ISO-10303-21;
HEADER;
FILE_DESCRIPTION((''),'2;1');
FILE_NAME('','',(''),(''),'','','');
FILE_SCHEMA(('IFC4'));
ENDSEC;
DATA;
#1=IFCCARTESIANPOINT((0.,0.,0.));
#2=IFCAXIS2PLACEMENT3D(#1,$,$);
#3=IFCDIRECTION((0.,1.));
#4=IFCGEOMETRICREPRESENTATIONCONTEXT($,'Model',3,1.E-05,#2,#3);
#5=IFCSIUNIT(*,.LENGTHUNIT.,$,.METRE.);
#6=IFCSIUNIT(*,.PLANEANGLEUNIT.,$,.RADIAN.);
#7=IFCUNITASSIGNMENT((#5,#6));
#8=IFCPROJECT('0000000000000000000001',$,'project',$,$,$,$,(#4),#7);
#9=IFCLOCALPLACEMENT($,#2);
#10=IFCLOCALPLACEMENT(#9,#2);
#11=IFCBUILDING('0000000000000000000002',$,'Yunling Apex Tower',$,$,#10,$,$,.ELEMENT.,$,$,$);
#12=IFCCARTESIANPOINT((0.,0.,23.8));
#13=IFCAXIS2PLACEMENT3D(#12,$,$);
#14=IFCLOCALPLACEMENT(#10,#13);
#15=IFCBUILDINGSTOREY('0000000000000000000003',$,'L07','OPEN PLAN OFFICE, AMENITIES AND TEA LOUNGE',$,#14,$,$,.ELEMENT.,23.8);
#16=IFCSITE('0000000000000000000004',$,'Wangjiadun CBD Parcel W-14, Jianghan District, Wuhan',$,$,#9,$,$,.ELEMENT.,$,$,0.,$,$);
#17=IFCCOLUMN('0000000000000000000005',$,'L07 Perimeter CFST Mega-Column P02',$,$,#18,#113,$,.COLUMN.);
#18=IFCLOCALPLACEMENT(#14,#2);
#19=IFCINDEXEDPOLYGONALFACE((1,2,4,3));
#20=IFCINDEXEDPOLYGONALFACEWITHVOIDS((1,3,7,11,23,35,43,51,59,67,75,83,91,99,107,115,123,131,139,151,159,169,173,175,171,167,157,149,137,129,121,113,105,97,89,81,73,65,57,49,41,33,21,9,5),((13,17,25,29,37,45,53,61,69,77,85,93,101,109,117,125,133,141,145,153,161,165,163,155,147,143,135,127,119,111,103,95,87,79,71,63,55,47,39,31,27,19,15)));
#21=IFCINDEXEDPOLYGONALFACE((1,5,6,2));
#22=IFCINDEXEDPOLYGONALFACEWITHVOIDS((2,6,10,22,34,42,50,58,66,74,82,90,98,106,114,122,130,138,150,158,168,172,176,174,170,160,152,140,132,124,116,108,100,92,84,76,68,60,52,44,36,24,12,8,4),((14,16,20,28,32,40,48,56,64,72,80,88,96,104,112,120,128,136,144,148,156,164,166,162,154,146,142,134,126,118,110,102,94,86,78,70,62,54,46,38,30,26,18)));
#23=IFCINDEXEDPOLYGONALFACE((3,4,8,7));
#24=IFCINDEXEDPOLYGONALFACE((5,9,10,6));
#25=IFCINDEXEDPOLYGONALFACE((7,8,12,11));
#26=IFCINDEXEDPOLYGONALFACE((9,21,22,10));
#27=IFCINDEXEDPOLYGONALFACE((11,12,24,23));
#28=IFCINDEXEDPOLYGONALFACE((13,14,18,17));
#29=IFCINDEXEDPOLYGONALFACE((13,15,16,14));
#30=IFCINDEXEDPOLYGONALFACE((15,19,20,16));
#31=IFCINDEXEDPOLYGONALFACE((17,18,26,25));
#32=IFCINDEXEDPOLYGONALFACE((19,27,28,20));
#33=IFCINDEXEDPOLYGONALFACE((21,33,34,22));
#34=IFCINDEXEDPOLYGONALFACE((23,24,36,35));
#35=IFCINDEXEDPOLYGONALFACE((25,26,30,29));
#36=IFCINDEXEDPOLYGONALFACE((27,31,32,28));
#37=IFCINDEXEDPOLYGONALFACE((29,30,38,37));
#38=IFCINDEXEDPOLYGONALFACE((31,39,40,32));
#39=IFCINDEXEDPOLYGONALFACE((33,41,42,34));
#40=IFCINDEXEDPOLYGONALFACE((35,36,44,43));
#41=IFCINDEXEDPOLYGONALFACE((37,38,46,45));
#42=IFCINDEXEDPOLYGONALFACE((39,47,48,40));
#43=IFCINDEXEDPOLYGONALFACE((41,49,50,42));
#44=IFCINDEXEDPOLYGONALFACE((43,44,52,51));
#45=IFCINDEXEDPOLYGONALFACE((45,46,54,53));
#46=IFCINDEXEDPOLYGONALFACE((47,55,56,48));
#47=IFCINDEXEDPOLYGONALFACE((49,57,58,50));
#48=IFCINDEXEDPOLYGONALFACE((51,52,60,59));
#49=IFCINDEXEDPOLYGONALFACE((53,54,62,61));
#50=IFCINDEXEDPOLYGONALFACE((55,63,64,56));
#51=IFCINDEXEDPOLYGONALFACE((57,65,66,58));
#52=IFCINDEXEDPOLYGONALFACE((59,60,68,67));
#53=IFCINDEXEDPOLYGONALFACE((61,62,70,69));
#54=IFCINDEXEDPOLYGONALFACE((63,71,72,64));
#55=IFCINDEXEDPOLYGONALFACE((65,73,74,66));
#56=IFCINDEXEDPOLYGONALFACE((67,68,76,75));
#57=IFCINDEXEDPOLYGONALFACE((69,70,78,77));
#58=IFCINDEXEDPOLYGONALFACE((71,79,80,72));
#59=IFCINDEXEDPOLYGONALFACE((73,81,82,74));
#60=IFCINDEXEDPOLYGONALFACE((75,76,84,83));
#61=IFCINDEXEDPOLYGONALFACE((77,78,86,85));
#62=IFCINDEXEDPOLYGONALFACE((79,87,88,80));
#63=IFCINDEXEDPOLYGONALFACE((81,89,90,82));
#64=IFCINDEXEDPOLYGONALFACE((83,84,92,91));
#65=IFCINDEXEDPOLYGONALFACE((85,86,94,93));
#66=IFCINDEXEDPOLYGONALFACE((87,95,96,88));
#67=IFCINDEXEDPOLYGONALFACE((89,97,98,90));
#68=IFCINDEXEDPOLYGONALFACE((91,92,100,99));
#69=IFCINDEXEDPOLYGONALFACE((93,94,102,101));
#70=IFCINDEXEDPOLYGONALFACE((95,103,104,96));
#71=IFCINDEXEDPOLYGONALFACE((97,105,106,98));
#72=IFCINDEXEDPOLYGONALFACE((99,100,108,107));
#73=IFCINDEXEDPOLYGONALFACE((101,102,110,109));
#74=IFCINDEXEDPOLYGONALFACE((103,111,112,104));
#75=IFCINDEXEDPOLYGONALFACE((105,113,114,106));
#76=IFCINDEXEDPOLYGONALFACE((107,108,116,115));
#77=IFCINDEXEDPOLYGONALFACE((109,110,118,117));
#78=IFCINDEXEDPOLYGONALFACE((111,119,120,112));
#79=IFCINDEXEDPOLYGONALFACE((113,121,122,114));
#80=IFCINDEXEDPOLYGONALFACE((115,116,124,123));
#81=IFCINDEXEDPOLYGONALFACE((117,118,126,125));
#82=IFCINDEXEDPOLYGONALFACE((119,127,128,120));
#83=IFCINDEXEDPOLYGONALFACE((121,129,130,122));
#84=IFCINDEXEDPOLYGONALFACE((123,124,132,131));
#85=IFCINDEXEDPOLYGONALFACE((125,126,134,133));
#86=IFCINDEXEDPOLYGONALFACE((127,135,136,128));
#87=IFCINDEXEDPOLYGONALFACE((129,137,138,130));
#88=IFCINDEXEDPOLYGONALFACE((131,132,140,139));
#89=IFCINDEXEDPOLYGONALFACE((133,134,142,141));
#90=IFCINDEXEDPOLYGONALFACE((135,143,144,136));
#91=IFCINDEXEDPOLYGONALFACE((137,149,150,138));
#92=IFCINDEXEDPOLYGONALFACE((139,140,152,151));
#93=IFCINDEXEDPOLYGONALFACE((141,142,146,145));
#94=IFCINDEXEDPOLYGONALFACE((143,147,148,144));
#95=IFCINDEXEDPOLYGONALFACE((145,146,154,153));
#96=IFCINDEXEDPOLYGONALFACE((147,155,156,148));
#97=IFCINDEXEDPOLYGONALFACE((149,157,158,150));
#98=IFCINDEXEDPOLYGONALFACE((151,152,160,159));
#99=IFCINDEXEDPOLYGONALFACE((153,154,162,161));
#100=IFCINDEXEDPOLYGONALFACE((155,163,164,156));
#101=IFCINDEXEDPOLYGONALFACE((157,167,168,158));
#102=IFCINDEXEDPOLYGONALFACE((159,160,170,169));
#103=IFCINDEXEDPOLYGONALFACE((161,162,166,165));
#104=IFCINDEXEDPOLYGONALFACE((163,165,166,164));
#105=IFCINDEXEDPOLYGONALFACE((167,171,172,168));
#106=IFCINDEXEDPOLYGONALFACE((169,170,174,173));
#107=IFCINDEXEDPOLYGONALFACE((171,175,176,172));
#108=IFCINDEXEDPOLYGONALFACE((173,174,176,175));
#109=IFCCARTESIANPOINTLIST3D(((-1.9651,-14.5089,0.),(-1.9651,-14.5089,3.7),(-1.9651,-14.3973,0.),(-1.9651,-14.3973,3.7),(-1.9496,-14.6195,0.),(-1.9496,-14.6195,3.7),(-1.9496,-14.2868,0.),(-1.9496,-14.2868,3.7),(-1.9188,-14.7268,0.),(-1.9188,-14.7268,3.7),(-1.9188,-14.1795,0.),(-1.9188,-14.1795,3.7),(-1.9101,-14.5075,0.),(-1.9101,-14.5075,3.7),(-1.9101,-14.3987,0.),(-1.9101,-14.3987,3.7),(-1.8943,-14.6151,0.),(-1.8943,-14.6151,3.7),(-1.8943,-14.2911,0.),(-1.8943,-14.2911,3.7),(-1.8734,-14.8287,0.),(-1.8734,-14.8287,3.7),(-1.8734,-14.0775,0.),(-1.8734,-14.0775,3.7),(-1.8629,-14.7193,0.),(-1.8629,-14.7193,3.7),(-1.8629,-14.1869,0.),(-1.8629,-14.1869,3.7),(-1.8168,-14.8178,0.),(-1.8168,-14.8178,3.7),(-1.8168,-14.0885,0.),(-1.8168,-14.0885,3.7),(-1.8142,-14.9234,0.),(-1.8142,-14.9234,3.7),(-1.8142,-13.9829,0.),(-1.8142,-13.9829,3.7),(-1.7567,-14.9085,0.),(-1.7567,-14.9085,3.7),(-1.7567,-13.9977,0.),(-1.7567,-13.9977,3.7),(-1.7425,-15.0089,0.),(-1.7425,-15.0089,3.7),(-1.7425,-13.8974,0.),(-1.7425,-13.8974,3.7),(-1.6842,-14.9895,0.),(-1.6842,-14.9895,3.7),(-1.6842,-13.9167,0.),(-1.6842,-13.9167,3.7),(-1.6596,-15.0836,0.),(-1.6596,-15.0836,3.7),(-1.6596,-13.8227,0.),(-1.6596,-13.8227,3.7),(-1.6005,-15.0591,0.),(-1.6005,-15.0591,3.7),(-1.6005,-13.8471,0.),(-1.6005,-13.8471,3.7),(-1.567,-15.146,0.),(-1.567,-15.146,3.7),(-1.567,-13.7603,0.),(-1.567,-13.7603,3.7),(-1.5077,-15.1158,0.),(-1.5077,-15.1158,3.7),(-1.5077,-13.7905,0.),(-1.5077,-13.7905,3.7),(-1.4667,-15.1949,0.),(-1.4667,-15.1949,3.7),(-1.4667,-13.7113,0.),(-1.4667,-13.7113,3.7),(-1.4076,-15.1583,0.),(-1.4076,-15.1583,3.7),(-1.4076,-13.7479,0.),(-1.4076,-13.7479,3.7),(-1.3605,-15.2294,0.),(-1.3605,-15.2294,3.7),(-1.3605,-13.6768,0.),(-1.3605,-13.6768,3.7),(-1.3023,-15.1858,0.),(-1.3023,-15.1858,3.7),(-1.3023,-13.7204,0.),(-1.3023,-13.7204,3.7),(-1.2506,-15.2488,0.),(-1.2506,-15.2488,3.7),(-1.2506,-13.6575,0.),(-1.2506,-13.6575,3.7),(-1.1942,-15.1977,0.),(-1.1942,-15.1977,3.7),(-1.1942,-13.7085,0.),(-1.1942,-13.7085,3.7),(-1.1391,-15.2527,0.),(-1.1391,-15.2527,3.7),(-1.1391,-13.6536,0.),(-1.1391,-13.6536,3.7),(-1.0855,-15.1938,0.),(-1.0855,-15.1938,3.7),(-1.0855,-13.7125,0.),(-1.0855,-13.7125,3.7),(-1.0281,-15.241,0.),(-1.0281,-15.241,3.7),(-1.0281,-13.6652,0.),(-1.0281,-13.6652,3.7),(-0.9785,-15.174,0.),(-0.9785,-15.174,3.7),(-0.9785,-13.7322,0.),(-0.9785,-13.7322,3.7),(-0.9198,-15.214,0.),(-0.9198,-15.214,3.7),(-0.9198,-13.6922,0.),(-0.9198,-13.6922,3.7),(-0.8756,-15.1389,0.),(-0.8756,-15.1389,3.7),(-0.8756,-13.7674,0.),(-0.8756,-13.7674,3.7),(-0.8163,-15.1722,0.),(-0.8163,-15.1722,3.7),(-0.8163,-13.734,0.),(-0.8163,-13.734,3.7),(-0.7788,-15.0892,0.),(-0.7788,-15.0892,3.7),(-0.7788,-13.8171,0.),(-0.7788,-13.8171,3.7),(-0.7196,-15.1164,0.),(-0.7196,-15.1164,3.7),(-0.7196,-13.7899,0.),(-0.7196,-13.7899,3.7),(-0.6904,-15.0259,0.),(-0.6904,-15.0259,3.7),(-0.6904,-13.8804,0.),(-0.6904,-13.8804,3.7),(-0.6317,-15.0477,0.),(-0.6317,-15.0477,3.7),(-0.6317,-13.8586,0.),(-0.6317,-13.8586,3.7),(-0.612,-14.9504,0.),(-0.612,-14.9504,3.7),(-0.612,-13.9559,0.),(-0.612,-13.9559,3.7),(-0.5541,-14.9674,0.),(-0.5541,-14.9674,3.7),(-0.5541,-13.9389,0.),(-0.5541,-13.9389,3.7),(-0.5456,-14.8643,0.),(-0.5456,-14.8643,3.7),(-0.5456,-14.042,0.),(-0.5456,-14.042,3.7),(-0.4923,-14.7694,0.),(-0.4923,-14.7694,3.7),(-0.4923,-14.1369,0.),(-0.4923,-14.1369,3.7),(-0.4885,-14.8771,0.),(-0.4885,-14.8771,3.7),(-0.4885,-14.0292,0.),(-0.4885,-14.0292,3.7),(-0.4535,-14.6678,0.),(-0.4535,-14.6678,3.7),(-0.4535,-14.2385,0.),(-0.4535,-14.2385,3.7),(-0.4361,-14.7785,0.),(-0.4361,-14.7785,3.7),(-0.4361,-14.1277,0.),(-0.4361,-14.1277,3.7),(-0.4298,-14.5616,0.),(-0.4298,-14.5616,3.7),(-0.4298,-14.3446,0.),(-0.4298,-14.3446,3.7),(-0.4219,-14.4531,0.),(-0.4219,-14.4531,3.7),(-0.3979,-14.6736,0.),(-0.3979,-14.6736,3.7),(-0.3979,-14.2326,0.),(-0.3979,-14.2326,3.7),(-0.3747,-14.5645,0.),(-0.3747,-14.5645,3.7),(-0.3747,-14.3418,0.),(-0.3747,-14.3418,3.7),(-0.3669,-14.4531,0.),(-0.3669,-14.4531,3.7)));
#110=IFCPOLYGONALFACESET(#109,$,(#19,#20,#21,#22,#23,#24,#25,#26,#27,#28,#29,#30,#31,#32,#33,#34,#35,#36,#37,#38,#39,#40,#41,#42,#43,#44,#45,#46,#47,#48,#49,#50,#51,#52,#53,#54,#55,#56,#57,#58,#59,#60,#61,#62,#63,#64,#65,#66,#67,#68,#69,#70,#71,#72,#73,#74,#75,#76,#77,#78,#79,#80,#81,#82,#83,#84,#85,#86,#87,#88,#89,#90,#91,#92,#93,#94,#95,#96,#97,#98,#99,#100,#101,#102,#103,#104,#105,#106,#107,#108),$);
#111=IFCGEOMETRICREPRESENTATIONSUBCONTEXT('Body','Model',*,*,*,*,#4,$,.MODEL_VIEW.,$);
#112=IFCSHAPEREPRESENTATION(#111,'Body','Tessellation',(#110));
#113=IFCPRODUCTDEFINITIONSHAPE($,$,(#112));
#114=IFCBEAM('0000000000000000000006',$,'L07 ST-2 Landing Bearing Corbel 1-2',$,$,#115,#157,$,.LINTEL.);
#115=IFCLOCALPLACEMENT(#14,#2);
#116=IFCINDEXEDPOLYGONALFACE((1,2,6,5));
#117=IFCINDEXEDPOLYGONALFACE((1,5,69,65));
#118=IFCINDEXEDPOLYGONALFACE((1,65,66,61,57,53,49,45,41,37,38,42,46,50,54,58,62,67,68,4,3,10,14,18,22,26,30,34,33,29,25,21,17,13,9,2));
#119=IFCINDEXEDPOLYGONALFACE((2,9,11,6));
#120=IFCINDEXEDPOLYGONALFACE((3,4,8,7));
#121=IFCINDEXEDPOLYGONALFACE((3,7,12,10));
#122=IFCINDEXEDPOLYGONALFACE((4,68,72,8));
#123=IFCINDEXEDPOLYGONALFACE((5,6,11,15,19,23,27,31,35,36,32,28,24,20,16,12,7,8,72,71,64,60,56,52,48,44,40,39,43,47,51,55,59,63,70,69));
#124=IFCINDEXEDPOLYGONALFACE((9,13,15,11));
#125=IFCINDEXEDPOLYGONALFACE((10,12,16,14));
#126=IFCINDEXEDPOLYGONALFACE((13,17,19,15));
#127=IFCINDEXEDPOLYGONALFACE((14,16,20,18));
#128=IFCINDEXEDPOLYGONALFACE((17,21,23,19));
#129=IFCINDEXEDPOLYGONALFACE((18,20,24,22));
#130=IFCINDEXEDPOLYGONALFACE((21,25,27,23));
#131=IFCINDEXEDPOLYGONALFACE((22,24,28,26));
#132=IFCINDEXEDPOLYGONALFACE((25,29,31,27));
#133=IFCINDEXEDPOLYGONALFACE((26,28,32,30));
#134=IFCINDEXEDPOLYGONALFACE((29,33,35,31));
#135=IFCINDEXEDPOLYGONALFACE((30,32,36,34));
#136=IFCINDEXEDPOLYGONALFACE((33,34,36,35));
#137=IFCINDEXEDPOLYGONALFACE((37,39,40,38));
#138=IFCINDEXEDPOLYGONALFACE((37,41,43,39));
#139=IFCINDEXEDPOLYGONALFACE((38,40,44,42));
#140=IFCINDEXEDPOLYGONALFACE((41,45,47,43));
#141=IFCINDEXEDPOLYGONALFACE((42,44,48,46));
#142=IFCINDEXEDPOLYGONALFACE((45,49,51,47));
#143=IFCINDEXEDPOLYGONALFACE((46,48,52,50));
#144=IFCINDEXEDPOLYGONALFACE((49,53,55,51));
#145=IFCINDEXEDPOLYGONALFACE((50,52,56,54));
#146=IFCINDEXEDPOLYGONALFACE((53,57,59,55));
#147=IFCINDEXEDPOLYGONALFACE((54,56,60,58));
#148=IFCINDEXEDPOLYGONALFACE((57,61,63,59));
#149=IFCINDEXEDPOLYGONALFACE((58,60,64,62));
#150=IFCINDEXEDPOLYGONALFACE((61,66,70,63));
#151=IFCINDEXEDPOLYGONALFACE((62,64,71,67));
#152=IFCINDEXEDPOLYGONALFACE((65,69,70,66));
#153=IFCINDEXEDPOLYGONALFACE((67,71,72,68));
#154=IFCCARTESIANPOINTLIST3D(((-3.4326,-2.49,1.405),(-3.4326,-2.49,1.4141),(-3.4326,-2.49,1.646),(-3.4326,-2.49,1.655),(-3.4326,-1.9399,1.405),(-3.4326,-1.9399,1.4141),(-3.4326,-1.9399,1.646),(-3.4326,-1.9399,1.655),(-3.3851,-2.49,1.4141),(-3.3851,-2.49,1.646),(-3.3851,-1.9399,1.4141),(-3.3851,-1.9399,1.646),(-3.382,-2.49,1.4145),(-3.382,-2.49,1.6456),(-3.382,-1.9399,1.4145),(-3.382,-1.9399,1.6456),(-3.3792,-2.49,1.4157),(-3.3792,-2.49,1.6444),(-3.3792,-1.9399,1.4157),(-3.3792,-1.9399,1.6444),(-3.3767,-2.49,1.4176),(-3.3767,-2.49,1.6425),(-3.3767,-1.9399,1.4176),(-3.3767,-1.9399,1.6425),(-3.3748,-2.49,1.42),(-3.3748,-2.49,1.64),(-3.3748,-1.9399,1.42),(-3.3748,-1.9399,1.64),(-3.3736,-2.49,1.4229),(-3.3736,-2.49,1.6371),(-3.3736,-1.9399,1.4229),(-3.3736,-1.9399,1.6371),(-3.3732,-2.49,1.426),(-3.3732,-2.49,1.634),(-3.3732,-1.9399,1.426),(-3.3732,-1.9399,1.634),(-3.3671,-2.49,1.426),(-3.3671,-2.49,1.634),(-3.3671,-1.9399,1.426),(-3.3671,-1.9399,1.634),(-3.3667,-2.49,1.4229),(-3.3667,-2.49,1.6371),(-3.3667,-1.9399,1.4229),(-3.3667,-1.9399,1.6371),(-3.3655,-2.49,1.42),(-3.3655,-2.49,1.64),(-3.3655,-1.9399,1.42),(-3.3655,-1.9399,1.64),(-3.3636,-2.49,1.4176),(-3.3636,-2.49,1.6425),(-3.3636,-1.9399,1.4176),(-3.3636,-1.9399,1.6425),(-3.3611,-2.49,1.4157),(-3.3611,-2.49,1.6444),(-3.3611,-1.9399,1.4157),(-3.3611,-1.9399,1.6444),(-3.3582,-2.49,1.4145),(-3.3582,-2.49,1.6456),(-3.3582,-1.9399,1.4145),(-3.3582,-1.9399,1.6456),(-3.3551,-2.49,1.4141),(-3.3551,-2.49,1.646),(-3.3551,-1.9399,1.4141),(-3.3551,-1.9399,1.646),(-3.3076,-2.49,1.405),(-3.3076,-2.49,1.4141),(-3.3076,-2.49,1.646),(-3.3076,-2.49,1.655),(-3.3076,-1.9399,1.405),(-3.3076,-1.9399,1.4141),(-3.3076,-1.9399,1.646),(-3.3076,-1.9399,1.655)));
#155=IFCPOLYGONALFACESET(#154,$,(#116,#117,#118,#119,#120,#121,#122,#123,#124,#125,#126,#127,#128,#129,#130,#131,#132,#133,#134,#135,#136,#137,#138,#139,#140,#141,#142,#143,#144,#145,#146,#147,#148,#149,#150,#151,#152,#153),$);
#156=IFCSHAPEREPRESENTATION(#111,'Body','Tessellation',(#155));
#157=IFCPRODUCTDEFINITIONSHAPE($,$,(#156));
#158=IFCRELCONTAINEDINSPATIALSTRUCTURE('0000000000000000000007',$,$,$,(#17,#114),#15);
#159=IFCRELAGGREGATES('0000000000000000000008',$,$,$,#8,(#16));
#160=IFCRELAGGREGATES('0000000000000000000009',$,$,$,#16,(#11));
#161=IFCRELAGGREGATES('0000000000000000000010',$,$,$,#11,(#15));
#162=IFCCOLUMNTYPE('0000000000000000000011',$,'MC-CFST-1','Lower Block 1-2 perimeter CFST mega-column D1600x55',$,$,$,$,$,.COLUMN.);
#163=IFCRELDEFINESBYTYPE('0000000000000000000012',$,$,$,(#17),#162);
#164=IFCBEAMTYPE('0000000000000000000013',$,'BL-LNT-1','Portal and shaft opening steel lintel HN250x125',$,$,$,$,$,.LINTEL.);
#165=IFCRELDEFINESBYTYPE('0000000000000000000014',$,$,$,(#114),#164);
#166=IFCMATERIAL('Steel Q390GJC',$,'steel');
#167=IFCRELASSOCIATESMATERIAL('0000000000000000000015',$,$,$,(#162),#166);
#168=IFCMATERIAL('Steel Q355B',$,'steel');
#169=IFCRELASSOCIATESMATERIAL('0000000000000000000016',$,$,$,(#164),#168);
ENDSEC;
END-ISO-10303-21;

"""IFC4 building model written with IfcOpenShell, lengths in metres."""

from ifc_helpers import new_model, si_unit, direction, frame, origin, origin_2d, place, context, subcontext, project, spatial, hollow_circle, i_section, extrude, source, transform, mapped, material, material_profile, profile_set, type_object, element, save


model = new_model("IFC4")

# Units and contexts
model_context = context("Model", 3, precision=1e-05, world=origin(), true_north=direction((0.0, 1.0)))
body_context = subcontext(model_context, "Body", "Model", "MODEL_VIEW")
ifc_project = project(units=[si_unit("LENGTHUNIT", "METRE"), si_unit("PLANEANGLEUNIT", "RADIAN")], contexts=[model_context])

# Site, building, storey
site_placement = place(None, origin())
site = spatial("IfcSite", under=ifc_project, at=site_placement, Name="Wangjiadun CBD Parcel W-14, Jianghan District, Wuhan", CompositionType="ELEMENT", RefElevation=0.0)
building_placement = place(site_placement, origin())
building = spatial("IfcBuilding", under=site, at=building_placement, Name="Yunling Apex Tower", CompositionType="ELEMENT")
storey_placement = place(building_placement, frame((0.0, 0.0, 23.8)))
storey = spatial("IfcBuildingStorey", under=building, at=storey_placement, Name="L07", Description="OPEN PLAN OFFICE, AMENITIES AND TEA LOUNGE", CompositionType="ELEMENT", Elevation=23.8)

# Column
ifc_material_1 = material(Name="Steel Q390GJC", Category="steel")
ifc_material_profile_1 = material_profile(ifc_material_1, hollow_circle(Radius=0.8, WallThickness=0.0549, at=origin_2d()))
ifc_profile_set_1 = profile_set([ifc_material_profile_1], Name="Steel Q390GJC")
column_type = type_object("IfcColumnType", Name="MC-CFST-1", Description="Lower Block 1-2 perimeter CFST mega-column D1600x55", PredefinedType="COLUMN", material=ifc_profile_set_1)
shared_shape_1 = source(origin(), body_context, "Body", "SweptSolid", [
    extrude(hollow_circle(Radius=0.8, WallThickness=0.0549, at=origin_2d()), origin(), (0.0, 0.0, 1.0), 3.7),
])
column_placement = place(storey_placement, frame((-1.167, -14.4531, 0.0), z_axis=(0.0, 0.0, 1.0), x_axis=(1.0, 0.0, 0.0)))
element("IfcColumn", 1, at=column_placement, inside=storey, type_object=column_type, Name="L07 Perimeter CFST Mega-Column P02", PredefinedType="COLUMN", context=body_context, shape_type="MappedRepresentation", body=[
    mapped(shared_shape_1, transform((0.0, 0.0, 0.0), scale=1.0)),
])

# Beam
ifc_material_2 = material(Name="Steel Q355B", Category="steel")
ifc_material_profile_2 = material_profile(ifc_material_2, i_section(OverallWidth=0.125, OverallDepth=0.25, WebThickness=0.0061, FlangeThickness=0.009, FilletRadius=0.012, at=origin_2d()))
ifc_profile_set_2 = profile_set([ifc_material_profile_2], Name="Steel Q355B")
beam_type_1 = type_object("IfcBeamType", Name="BL-LNT-1", Description="Portal and shaft opening steel lintel HN250x125", PredefinedType="LINTEL", material=ifc_profile_set_2)
shared_shape_2 = source(origin(), body_context, "Body", "SweptSolid", [
    extrude(i_section(OverallWidth=0.125, OverallDepth=0.25, WebThickness=0.0061, FlangeThickness=0.009, FilletRadius=0.012, at=origin_2d()), origin(), (0.0, 0.0, 1.0), 0.55),
])
beam_1_placement = place(storey_placement, frame((-3.3701, -1.9399, 1.53), z_axis=(0.0, -1.0, 0.0), x_axis=(1.0, 0.0, 0.0)))
element("IfcBeam", 2, at=beam_1_placement, inside=storey, type_object=beam_type_1, Name="L07 ST-2 Landing Bearing Corbel 1-2", PredefinedType="LINTEL", context=body_context, shape_type="MappedRepresentation", body=[
    mapped(shared_shape_2, transform((0.0, 0.0, 0.0), scale=1.0)),
])

save(model, "model.ifc")
